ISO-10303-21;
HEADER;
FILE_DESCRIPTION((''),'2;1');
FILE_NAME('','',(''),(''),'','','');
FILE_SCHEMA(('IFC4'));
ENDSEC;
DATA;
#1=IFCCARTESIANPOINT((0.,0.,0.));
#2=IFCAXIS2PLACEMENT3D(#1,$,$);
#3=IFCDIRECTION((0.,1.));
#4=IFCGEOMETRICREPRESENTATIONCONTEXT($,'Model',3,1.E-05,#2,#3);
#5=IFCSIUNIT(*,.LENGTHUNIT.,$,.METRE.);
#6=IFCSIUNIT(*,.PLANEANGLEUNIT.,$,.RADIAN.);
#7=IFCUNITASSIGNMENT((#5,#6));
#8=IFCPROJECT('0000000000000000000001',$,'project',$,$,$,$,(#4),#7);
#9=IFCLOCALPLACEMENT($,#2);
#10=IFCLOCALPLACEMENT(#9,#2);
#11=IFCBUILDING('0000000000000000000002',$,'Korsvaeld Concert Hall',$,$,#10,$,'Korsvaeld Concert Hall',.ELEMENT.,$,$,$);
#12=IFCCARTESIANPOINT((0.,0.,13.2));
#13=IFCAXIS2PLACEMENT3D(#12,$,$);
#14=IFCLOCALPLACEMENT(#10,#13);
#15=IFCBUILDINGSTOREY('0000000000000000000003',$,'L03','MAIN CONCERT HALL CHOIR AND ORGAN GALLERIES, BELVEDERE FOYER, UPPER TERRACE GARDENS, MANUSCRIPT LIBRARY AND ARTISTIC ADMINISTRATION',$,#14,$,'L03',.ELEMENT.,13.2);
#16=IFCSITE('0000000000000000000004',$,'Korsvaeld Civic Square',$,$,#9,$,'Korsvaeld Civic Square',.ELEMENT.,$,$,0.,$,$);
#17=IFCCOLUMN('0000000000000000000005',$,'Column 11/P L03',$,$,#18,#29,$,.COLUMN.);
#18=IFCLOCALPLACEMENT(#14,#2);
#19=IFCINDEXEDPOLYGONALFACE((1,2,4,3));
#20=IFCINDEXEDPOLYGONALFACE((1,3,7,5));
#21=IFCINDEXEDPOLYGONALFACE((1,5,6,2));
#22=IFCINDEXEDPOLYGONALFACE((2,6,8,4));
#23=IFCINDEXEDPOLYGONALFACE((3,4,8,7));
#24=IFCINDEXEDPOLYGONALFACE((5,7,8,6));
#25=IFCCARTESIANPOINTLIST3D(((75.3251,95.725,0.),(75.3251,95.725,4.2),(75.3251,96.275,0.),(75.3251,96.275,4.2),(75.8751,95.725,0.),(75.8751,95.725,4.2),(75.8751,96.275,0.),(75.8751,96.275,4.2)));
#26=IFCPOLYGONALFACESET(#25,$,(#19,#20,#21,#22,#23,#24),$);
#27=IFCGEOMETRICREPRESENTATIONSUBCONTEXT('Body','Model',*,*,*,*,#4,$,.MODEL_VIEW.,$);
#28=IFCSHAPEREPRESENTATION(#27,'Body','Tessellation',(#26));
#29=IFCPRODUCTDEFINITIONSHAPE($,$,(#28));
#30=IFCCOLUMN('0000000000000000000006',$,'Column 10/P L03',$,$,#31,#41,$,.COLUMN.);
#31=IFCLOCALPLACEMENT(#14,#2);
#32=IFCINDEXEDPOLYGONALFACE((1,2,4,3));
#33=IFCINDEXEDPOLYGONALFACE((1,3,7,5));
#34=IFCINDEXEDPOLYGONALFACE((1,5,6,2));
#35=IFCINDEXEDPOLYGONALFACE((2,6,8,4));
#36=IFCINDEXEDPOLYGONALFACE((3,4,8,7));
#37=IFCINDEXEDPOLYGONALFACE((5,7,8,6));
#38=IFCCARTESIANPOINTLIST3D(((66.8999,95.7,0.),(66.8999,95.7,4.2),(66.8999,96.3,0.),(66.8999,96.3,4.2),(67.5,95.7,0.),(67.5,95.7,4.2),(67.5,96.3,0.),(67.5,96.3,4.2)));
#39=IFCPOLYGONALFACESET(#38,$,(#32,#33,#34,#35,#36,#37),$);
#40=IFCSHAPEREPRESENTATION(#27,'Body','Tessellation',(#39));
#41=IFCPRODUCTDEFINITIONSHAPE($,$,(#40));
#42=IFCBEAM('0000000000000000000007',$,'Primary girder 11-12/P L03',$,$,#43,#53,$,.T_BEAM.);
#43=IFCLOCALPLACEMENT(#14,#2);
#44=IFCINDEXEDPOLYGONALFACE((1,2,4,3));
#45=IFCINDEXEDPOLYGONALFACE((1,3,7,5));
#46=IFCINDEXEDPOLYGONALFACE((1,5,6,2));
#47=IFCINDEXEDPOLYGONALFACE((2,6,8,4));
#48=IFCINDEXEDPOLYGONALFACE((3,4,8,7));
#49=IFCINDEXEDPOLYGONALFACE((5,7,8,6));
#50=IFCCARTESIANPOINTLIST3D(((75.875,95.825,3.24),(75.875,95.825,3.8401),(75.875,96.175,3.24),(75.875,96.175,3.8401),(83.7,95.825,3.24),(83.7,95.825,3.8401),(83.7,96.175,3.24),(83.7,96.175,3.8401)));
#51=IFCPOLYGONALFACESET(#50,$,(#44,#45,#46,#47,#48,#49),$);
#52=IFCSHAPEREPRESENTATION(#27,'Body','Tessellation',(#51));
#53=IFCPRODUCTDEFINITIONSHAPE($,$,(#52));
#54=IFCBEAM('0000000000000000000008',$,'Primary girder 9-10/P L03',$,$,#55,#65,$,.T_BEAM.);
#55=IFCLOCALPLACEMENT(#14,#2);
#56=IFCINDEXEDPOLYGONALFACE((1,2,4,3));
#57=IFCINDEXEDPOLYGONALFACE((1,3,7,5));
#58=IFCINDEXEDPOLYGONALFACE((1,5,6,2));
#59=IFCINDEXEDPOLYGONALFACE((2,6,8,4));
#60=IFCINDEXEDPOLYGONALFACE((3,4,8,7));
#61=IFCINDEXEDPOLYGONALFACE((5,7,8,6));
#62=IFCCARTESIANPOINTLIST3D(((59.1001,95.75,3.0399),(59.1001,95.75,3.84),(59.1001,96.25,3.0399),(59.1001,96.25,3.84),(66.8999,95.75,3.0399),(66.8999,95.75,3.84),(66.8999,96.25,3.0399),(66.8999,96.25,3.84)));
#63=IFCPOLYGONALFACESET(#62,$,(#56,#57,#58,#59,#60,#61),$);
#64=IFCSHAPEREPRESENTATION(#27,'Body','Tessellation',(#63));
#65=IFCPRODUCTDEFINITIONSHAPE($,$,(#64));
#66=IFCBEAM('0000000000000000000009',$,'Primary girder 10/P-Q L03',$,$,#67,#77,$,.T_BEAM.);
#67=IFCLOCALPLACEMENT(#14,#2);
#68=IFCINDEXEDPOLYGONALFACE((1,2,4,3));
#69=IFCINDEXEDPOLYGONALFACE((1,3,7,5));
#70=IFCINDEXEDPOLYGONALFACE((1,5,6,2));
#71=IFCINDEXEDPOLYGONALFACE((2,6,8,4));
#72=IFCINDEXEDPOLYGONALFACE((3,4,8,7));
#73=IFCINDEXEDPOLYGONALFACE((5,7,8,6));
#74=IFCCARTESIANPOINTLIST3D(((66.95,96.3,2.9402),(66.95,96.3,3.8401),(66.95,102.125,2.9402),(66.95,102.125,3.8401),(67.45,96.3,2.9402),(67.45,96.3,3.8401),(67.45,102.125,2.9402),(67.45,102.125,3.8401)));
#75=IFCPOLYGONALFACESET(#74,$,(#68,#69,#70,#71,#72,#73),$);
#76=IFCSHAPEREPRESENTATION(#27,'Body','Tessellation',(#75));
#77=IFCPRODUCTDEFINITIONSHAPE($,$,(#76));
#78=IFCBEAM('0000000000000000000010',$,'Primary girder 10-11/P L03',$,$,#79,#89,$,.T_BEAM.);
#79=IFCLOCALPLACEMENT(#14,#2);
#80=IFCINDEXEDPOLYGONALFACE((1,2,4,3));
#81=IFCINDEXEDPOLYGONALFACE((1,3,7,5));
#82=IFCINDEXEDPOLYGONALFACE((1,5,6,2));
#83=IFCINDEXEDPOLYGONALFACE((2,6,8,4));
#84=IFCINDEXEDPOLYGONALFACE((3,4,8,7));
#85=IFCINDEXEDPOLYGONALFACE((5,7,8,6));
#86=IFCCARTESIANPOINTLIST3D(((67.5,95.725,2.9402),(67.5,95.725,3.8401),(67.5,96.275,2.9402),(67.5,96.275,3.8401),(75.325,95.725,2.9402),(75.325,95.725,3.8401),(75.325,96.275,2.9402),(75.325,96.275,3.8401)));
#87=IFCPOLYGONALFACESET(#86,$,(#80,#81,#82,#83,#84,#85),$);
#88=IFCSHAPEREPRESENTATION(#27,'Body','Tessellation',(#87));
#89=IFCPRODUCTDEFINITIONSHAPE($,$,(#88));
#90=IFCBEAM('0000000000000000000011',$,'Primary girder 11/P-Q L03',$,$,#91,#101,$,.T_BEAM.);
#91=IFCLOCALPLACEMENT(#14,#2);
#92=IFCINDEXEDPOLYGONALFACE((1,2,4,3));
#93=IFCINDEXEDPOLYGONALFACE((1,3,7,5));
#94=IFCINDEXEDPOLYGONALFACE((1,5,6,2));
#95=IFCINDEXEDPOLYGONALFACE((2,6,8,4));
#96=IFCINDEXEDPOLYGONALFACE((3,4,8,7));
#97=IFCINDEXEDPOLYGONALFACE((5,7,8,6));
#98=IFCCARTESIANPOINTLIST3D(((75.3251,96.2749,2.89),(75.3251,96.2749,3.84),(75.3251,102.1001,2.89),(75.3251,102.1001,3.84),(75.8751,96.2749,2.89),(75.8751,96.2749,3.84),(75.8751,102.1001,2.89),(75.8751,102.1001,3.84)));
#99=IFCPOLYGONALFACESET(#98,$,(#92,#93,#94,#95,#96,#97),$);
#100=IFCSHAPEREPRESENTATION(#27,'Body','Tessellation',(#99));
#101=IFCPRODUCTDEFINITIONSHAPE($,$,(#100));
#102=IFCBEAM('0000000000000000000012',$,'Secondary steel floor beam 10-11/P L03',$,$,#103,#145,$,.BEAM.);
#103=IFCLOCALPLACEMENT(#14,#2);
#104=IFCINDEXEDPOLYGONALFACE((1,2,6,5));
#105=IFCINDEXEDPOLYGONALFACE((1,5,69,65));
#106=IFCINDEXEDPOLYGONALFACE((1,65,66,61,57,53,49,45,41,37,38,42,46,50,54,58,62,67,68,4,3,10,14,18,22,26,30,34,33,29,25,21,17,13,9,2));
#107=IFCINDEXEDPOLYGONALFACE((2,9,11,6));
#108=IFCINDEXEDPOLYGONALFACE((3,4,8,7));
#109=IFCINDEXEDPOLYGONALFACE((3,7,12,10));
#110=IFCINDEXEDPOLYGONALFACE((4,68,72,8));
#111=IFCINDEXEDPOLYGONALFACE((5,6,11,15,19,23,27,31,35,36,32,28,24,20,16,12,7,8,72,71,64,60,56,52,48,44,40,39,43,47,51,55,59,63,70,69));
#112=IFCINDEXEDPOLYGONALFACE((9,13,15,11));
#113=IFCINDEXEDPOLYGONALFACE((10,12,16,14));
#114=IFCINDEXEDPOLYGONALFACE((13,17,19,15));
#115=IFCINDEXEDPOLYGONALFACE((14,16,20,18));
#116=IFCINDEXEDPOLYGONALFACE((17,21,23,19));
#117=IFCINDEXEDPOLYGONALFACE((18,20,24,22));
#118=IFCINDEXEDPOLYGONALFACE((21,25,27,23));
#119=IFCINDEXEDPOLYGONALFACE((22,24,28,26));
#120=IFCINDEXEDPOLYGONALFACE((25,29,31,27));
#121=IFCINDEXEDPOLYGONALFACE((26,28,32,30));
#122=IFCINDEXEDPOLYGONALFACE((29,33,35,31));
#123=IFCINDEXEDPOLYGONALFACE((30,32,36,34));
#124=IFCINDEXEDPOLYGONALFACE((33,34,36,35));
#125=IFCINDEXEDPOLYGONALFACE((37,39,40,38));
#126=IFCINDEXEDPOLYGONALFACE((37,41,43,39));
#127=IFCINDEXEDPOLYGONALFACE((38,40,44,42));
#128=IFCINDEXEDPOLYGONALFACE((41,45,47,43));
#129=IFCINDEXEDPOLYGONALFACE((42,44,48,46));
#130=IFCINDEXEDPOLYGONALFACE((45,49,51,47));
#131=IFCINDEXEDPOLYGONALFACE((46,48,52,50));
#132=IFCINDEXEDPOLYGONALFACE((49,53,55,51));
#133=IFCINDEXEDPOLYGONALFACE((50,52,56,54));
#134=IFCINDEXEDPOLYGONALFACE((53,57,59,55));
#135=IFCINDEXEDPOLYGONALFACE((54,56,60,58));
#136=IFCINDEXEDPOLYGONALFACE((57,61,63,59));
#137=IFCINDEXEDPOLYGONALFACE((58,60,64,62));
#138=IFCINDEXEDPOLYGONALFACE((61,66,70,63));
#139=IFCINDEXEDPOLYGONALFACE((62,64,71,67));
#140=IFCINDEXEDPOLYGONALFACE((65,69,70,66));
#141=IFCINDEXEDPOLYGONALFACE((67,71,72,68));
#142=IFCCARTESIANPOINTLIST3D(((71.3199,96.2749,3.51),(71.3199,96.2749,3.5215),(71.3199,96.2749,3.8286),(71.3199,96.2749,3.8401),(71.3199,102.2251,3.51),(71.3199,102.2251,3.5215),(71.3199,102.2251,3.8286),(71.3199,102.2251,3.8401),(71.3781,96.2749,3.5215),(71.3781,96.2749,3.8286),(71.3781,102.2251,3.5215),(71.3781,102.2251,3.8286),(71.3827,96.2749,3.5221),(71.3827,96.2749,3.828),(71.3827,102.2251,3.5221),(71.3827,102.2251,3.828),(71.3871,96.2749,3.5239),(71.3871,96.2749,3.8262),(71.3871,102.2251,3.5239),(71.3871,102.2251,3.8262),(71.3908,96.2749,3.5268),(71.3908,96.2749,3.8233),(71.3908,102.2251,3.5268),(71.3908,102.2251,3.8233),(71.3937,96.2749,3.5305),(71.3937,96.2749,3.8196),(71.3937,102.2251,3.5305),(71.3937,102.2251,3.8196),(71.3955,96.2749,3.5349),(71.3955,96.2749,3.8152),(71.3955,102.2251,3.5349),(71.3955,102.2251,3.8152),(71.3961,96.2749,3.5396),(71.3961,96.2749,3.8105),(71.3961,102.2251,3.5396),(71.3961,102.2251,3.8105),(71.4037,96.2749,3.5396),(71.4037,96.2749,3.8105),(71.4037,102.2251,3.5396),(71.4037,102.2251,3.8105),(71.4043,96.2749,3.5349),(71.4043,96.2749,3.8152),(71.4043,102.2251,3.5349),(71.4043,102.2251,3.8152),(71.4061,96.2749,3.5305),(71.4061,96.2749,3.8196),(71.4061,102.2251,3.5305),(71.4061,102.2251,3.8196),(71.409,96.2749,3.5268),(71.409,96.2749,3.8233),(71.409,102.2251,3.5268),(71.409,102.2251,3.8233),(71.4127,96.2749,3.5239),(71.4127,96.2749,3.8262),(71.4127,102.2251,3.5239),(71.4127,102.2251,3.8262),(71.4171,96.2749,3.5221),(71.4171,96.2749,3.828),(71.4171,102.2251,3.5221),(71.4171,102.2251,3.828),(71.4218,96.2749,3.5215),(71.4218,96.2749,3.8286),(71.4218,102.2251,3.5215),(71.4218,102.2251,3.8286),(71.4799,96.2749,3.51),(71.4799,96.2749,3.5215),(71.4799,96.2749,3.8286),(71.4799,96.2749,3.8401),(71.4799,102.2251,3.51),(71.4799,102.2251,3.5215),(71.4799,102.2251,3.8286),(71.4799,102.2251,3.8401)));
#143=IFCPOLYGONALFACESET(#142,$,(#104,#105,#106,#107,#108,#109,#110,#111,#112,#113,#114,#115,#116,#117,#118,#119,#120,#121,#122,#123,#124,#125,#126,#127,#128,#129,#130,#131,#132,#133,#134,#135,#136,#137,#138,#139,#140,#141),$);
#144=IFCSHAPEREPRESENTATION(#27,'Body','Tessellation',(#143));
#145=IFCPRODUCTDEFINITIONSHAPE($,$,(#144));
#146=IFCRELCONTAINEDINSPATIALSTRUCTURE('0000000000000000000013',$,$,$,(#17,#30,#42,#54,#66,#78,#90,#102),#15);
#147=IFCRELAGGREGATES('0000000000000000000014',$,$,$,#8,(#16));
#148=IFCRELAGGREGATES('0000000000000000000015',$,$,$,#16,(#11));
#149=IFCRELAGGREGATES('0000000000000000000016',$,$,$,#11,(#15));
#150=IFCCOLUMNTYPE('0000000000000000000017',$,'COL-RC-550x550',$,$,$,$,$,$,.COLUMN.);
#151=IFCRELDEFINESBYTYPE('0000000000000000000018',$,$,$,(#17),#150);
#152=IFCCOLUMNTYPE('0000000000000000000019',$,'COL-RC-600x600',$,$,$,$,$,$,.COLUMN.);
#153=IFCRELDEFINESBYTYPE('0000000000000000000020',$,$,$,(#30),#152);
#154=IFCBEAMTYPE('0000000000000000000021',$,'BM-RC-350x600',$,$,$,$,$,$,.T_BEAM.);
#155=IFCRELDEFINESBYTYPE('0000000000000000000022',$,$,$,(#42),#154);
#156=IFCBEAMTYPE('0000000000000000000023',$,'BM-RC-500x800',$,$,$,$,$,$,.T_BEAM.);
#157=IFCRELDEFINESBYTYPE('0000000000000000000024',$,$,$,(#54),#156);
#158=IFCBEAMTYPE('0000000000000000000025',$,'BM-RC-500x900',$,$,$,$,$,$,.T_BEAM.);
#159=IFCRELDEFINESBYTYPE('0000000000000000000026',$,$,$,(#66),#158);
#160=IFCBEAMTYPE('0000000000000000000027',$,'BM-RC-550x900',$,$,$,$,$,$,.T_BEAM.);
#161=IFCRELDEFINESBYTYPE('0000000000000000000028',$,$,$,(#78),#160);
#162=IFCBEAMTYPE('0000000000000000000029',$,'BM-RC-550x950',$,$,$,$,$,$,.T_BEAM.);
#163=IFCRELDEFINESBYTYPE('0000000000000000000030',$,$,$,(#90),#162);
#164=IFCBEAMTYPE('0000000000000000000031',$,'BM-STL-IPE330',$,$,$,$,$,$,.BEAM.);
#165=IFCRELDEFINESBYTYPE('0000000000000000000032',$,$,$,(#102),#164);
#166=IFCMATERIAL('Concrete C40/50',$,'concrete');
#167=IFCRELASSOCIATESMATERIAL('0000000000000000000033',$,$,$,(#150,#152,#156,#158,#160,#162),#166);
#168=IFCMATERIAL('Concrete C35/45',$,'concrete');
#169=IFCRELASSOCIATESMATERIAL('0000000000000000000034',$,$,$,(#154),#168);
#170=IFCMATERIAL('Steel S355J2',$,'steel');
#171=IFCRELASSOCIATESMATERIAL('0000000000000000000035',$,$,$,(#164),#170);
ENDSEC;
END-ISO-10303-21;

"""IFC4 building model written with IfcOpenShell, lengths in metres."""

from ifc_helpers import new_model, si_unit, direction, frame, origin, origin_2d, place, context, subcontext, project, spatial, rectangle, i_section, extrude, material, material_profile, profile_set, type_object, element, save


model = new_model("IFC4")

# Units and contexts
model_context = context("Model", 3, precision=1e-05, world=origin(), true_north=direction((0.0, 1.0)))
body_context = subcontext(model_context, "Body", "Model", "MODEL_VIEW")
ifc_project = project(units=[si_unit("LENGTHUNIT", "METRE"), si_unit("PLANEANGLEUNIT", "RADIAN")], contexts=[model_context])

# Site, building, storey
site_placement = place(None, origin())
site = spatial("IfcSite", under=ifc_project, at=site_placement, Name="Korsvaeld Civic Square", LongName="Korsvaeld Civic Square", CompositionType="ELEMENT", RefElevation=0.0)
building_placement = place(site_placement, origin())
building = spatial("IfcBuilding", under=site, at=building_placement, Name="Korsvaeld Concert Hall", LongName="Korsvaeld Concert Hall", CompositionType="ELEMENT")
storey_placement = place(building_placement, frame((0.0, 0.0, 13.2)))
storey = spatial("IfcBuildingStorey", under=building, at=storey_placement, Name="L03", Description="MAIN CONCERT HALL CHOIR AND ORGAN GALLERIES, BELVEDERE FOYER, UPPER TERRACE GARDENS, MANUSCRIPT LIBRARY AND ARTISTIC ADMINISTRATION", LongName="L03", CompositionType="ELEMENT", Elevation=13.2)

# Columns
ifc_material_1 = material(Name="Concrete C40/50", Category="concrete")
ifc_material_profile_1 = material_profile(ifc_material_1, rectangle(XDim=0.55, YDim=0.55, at=origin_2d()), Name="RC 550x550")
ifc_profile_set_1 = profile_set([ifc_material_profile_1], Name="Concrete C40/50")
column_type_1 = type_object("IfcColumnType", Name="COL-RC-550x550", PredefinedType="COLUMN", material=ifc_profile_set_1)
column_1_placement = place(storey_placement, frame((75.6001, 96.0, 0.0), z_axis=(0.0, 0.0, 1.0), x_axis=(1.0, 0.0, 0.0)))
element("IfcColumn", 1, at=column_1_placement, inside=storey, type_object=column_type_1, Name="Column 11/P L03", PredefinedType="COLUMN", context=body_context, shape_type="SweptSolid", body=[
    extrude(rectangle(XDim=0.55, YDim=0.55, at=origin_2d()), origin(), (0.0, 0.0, 1.0), 4.2),
])
ifc_material_profile_2 = material_profile(ifc_material_1, rectangle(XDim=0.6001, YDim=0.6001, at=origin_2d()), Name="RC 600x600")
ifc_profile_set_2 = profile_set([ifc_material_profile_2], Name="Concrete C40/50")
column_type_2 = type_object("IfcColumnType", Name="COL-RC-600x600", PredefinedType="COLUMN", material=ifc_profile_set_2)
column_2_placement = place(storey_placement, frame((67.2, 96.0, 0.0), z_axis=(0.0, 0.0, 1.0), x_axis=(1.0, 0.0, 0.0)))
element("IfcColumn", 2, at=column_2_placement, inside=storey, type_object=column_type_2, Name="Column 10/P L03", PredefinedType="COLUMN", context=body_context, shape_type="SweptSolid", body=[
    extrude(rectangle(XDim=0.6001, YDim=0.6001, at=origin_2d()), origin(), (0.0, 0.0, 1.0), 4.2),
])

# Beams
ifc_material_2 = material(Name="Concrete C35/45", Category="concrete")
ifc_material_profile_3 = material_profile(ifc_material_2, rectangle(XDim=0.3501, YDim=0.6001, at=origin_2d()), Name="RC 350x600")
ifc_profile_set_3 = profile_set([ifc_material_profile_3], Name="Concrete C35/45")
beam_type_1 = type_object("IfcBeamType", Name="BM-RC-350x600", PredefinedType="T_BEAM", material=ifc_profile_set_3)
beam_1_placement = place(storey_placement, frame((75.875, 96.0, 3.54), z_axis=(1.0, 0.0, 0.0), x_axis=(0.0, 1.0, 0.0)))
element("IfcBeam", 3, at=beam_1_placement, inside=storey, type_object=beam_type_1, Name="Primary girder 11-12/P L03", PredefinedType="T_BEAM", context=body_context, shape_type="SweptSolid", body=[
    extrude(rectangle(XDim=0.3501, YDim=0.6001, at=origin_2d()), origin(), (0.0, 0.0, 1.0), 7.825),
])
ifc_material_profile_4 = material_profile(ifc_material_1, rectangle(XDim=0.5, YDim=0.8, at=origin_2d()), Name="RC 500x800")
ifc_profile_set_4 = profile_set([ifc_material_profile_4], Name="Concrete C40/50")
beam_type_2 = type_object("IfcBeamType", Name="BM-RC-500x800", PredefinedType="T_BEAM", material=ifc_profile_set_4)
beam_2_placement = place(storey_placement, frame((59.1001, 96.0, 3.4399), z_axis=(1.0, 0.0, 0.0), x_axis=(0.0, 1.0, 0.0)))
element("IfcBeam", 4, at=beam_2_placement, inside=storey, type_object=beam_type_2, Name="Primary girder 9-10/P L03", PredefinedType="T_BEAM", context=body_context, shape_type="SweptSolid", body=[
    extrude(rectangle(XDim=0.5, YDim=0.8, at=origin_2d()), origin(), (0.0, 0.0, 1.0), 7.7998),
])
ifc_material_profile_5 = material_profile(ifc_material_1, rectangle(XDim=0.5, YDim=0.8999, at=origin_2d()), Name="RC 500x900")
ifc_profile_set_5 = profile_set([ifc_material_profile_5], Name="Concrete C40/50")
beam_type_3 = type_object("IfcBeamType", Name="BM-RC-500x900", PredefinedType="T_BEAM", material=ifc_profile_set_5)
beam_3_placement = place(storey_placement, frame((67.2, 96.3, 3.3901), z_axis=(0.0, 1.0, 0.0), x_axis=(-1.0, 0.0, 0.0)))
element("IfcBeam", 5, at=beam_3_placement, inside=storey, type_object=beam_type_3, Name="Primary girder 10/P-Q L03", PredefinedType="T_BEAM", context=body_context, shape_type="SweptSolid", body=[
    extrude(rectangle(XDim=0.5, YDim=0.8999, at=origin_2d()), origin(), (0.0, 0.0, 1.0), 5.825),
])
ifc_material_profile_6 = material_profile(ifc_material_1, rectangle(XDim=0.55, YDim=0.8999, at=origin_2d()), Name="RC 550x900")
ifc_profile_set_6 = profile_set([ifc_material_profile_6], Name="Concrete C40/50")
beam_type_4 = type_object("IfcBeamType", Name="BM-RC-550x900", PredefinedType="T_BEAM", material=ifc_profile_set_6)
beam_4_placement = place(storey_placement, frame((67.5, 96.0, 3.3901), z_axis=(1.0, 0.0, 0.0), x_axis=(0.0, 1.0, 0.0)))
element("IfcBeam", 6, at=beam_4_placement, inside=storey, type_object=beam_type_4, Name="Primary girder 10-11/P L03", PredefinedType="T_BEAM", context=body_context, shape_type="SweptSolid", body=[
    extrude(rectangle(XDim=0.55, YDim=0.8999, at=origin_2d()), origin(), (0.0, 0.0, 1.0), 7.825),
])
ifc_material_profile_7 = material_profile(ifc_material_1, rectangle(XDim=0.55, YDim=0.95, at=origin_2d()), Name="RC 550x950")
ifc_profile_set_7 = profile_set([ifc_material_profile_7], Name="Concrete C40/50")
beam_type_5 = type_object("IfcBeamType", Name="BM-RC-550x950", PredefinedType="T_BEAM", material=ifc_profile_set_7)
beam_5_placement = place(storey_placement, frame((75.6001, 96.2749, 3.365), z_axis=(0.0, 1.0, 0.0), x_axis=(-1.0, 0.0, 0.0)))
element("IfcBeam", 7, at=beam_5_placement, inside=storey, type_object=beam_type_5, Name="Primary girder 11/P-Q L03", PredefinedType="T_BEAM", context=body_context, shape_type="SweptSolid", body=[
    extrude(rectangle(XDim=0.55, YDim=0.95, at=origin_2d()), origin(), (0.0, 0.0, 1.0), 5.8252),
])
ifc_material_3 = material(Name="Steel S355J2", Category="steel")
ifc_material_profile_8 = material_profile(ifc_material_3, i_section(OverallWidth=0.1599, OverallDepth=0.3301, WebThickness=0.0076, FlangeThickness=0.0115, FilletRadius=0.0181, at=origin_2d()), Name="IPE 330")
ifc_profile_set_8 = profile_set([ifc_material_profile_8], Name="Steel S355J2")
beam_type_6 = type_object("IfcBeamType", Name="BM-STL-IPE330", PredefinedType="BEAM", material=ifc_profile_set_8)
beam_6_placement = place(storey_placement, frame((71.3999, 96.2749, 3.675), z_axis=(0.0, 1.0, 0.0), x_axis=(-1.0, 0.0, 0.0)))
element("IfcBeam", 8, at=beam_6_placement, inside=storey, type_object=beam_type_6, Name="Secondary steel floor beam 10-11/P L03", PredefinedType="BEAM", context=body_context, shape_type="SweptSolid", body=[
    extrude(i_section(OverallWidth=0.1599, OverallDepth=0.3301, WebThickness=0.0076, FlangeThickness=0.0115, FilletRadius=0.0181, at=origin_2d()), origin(), (0.0, 0.0, 1.0), 5.9502),
])

save(model, "model.ifc")
